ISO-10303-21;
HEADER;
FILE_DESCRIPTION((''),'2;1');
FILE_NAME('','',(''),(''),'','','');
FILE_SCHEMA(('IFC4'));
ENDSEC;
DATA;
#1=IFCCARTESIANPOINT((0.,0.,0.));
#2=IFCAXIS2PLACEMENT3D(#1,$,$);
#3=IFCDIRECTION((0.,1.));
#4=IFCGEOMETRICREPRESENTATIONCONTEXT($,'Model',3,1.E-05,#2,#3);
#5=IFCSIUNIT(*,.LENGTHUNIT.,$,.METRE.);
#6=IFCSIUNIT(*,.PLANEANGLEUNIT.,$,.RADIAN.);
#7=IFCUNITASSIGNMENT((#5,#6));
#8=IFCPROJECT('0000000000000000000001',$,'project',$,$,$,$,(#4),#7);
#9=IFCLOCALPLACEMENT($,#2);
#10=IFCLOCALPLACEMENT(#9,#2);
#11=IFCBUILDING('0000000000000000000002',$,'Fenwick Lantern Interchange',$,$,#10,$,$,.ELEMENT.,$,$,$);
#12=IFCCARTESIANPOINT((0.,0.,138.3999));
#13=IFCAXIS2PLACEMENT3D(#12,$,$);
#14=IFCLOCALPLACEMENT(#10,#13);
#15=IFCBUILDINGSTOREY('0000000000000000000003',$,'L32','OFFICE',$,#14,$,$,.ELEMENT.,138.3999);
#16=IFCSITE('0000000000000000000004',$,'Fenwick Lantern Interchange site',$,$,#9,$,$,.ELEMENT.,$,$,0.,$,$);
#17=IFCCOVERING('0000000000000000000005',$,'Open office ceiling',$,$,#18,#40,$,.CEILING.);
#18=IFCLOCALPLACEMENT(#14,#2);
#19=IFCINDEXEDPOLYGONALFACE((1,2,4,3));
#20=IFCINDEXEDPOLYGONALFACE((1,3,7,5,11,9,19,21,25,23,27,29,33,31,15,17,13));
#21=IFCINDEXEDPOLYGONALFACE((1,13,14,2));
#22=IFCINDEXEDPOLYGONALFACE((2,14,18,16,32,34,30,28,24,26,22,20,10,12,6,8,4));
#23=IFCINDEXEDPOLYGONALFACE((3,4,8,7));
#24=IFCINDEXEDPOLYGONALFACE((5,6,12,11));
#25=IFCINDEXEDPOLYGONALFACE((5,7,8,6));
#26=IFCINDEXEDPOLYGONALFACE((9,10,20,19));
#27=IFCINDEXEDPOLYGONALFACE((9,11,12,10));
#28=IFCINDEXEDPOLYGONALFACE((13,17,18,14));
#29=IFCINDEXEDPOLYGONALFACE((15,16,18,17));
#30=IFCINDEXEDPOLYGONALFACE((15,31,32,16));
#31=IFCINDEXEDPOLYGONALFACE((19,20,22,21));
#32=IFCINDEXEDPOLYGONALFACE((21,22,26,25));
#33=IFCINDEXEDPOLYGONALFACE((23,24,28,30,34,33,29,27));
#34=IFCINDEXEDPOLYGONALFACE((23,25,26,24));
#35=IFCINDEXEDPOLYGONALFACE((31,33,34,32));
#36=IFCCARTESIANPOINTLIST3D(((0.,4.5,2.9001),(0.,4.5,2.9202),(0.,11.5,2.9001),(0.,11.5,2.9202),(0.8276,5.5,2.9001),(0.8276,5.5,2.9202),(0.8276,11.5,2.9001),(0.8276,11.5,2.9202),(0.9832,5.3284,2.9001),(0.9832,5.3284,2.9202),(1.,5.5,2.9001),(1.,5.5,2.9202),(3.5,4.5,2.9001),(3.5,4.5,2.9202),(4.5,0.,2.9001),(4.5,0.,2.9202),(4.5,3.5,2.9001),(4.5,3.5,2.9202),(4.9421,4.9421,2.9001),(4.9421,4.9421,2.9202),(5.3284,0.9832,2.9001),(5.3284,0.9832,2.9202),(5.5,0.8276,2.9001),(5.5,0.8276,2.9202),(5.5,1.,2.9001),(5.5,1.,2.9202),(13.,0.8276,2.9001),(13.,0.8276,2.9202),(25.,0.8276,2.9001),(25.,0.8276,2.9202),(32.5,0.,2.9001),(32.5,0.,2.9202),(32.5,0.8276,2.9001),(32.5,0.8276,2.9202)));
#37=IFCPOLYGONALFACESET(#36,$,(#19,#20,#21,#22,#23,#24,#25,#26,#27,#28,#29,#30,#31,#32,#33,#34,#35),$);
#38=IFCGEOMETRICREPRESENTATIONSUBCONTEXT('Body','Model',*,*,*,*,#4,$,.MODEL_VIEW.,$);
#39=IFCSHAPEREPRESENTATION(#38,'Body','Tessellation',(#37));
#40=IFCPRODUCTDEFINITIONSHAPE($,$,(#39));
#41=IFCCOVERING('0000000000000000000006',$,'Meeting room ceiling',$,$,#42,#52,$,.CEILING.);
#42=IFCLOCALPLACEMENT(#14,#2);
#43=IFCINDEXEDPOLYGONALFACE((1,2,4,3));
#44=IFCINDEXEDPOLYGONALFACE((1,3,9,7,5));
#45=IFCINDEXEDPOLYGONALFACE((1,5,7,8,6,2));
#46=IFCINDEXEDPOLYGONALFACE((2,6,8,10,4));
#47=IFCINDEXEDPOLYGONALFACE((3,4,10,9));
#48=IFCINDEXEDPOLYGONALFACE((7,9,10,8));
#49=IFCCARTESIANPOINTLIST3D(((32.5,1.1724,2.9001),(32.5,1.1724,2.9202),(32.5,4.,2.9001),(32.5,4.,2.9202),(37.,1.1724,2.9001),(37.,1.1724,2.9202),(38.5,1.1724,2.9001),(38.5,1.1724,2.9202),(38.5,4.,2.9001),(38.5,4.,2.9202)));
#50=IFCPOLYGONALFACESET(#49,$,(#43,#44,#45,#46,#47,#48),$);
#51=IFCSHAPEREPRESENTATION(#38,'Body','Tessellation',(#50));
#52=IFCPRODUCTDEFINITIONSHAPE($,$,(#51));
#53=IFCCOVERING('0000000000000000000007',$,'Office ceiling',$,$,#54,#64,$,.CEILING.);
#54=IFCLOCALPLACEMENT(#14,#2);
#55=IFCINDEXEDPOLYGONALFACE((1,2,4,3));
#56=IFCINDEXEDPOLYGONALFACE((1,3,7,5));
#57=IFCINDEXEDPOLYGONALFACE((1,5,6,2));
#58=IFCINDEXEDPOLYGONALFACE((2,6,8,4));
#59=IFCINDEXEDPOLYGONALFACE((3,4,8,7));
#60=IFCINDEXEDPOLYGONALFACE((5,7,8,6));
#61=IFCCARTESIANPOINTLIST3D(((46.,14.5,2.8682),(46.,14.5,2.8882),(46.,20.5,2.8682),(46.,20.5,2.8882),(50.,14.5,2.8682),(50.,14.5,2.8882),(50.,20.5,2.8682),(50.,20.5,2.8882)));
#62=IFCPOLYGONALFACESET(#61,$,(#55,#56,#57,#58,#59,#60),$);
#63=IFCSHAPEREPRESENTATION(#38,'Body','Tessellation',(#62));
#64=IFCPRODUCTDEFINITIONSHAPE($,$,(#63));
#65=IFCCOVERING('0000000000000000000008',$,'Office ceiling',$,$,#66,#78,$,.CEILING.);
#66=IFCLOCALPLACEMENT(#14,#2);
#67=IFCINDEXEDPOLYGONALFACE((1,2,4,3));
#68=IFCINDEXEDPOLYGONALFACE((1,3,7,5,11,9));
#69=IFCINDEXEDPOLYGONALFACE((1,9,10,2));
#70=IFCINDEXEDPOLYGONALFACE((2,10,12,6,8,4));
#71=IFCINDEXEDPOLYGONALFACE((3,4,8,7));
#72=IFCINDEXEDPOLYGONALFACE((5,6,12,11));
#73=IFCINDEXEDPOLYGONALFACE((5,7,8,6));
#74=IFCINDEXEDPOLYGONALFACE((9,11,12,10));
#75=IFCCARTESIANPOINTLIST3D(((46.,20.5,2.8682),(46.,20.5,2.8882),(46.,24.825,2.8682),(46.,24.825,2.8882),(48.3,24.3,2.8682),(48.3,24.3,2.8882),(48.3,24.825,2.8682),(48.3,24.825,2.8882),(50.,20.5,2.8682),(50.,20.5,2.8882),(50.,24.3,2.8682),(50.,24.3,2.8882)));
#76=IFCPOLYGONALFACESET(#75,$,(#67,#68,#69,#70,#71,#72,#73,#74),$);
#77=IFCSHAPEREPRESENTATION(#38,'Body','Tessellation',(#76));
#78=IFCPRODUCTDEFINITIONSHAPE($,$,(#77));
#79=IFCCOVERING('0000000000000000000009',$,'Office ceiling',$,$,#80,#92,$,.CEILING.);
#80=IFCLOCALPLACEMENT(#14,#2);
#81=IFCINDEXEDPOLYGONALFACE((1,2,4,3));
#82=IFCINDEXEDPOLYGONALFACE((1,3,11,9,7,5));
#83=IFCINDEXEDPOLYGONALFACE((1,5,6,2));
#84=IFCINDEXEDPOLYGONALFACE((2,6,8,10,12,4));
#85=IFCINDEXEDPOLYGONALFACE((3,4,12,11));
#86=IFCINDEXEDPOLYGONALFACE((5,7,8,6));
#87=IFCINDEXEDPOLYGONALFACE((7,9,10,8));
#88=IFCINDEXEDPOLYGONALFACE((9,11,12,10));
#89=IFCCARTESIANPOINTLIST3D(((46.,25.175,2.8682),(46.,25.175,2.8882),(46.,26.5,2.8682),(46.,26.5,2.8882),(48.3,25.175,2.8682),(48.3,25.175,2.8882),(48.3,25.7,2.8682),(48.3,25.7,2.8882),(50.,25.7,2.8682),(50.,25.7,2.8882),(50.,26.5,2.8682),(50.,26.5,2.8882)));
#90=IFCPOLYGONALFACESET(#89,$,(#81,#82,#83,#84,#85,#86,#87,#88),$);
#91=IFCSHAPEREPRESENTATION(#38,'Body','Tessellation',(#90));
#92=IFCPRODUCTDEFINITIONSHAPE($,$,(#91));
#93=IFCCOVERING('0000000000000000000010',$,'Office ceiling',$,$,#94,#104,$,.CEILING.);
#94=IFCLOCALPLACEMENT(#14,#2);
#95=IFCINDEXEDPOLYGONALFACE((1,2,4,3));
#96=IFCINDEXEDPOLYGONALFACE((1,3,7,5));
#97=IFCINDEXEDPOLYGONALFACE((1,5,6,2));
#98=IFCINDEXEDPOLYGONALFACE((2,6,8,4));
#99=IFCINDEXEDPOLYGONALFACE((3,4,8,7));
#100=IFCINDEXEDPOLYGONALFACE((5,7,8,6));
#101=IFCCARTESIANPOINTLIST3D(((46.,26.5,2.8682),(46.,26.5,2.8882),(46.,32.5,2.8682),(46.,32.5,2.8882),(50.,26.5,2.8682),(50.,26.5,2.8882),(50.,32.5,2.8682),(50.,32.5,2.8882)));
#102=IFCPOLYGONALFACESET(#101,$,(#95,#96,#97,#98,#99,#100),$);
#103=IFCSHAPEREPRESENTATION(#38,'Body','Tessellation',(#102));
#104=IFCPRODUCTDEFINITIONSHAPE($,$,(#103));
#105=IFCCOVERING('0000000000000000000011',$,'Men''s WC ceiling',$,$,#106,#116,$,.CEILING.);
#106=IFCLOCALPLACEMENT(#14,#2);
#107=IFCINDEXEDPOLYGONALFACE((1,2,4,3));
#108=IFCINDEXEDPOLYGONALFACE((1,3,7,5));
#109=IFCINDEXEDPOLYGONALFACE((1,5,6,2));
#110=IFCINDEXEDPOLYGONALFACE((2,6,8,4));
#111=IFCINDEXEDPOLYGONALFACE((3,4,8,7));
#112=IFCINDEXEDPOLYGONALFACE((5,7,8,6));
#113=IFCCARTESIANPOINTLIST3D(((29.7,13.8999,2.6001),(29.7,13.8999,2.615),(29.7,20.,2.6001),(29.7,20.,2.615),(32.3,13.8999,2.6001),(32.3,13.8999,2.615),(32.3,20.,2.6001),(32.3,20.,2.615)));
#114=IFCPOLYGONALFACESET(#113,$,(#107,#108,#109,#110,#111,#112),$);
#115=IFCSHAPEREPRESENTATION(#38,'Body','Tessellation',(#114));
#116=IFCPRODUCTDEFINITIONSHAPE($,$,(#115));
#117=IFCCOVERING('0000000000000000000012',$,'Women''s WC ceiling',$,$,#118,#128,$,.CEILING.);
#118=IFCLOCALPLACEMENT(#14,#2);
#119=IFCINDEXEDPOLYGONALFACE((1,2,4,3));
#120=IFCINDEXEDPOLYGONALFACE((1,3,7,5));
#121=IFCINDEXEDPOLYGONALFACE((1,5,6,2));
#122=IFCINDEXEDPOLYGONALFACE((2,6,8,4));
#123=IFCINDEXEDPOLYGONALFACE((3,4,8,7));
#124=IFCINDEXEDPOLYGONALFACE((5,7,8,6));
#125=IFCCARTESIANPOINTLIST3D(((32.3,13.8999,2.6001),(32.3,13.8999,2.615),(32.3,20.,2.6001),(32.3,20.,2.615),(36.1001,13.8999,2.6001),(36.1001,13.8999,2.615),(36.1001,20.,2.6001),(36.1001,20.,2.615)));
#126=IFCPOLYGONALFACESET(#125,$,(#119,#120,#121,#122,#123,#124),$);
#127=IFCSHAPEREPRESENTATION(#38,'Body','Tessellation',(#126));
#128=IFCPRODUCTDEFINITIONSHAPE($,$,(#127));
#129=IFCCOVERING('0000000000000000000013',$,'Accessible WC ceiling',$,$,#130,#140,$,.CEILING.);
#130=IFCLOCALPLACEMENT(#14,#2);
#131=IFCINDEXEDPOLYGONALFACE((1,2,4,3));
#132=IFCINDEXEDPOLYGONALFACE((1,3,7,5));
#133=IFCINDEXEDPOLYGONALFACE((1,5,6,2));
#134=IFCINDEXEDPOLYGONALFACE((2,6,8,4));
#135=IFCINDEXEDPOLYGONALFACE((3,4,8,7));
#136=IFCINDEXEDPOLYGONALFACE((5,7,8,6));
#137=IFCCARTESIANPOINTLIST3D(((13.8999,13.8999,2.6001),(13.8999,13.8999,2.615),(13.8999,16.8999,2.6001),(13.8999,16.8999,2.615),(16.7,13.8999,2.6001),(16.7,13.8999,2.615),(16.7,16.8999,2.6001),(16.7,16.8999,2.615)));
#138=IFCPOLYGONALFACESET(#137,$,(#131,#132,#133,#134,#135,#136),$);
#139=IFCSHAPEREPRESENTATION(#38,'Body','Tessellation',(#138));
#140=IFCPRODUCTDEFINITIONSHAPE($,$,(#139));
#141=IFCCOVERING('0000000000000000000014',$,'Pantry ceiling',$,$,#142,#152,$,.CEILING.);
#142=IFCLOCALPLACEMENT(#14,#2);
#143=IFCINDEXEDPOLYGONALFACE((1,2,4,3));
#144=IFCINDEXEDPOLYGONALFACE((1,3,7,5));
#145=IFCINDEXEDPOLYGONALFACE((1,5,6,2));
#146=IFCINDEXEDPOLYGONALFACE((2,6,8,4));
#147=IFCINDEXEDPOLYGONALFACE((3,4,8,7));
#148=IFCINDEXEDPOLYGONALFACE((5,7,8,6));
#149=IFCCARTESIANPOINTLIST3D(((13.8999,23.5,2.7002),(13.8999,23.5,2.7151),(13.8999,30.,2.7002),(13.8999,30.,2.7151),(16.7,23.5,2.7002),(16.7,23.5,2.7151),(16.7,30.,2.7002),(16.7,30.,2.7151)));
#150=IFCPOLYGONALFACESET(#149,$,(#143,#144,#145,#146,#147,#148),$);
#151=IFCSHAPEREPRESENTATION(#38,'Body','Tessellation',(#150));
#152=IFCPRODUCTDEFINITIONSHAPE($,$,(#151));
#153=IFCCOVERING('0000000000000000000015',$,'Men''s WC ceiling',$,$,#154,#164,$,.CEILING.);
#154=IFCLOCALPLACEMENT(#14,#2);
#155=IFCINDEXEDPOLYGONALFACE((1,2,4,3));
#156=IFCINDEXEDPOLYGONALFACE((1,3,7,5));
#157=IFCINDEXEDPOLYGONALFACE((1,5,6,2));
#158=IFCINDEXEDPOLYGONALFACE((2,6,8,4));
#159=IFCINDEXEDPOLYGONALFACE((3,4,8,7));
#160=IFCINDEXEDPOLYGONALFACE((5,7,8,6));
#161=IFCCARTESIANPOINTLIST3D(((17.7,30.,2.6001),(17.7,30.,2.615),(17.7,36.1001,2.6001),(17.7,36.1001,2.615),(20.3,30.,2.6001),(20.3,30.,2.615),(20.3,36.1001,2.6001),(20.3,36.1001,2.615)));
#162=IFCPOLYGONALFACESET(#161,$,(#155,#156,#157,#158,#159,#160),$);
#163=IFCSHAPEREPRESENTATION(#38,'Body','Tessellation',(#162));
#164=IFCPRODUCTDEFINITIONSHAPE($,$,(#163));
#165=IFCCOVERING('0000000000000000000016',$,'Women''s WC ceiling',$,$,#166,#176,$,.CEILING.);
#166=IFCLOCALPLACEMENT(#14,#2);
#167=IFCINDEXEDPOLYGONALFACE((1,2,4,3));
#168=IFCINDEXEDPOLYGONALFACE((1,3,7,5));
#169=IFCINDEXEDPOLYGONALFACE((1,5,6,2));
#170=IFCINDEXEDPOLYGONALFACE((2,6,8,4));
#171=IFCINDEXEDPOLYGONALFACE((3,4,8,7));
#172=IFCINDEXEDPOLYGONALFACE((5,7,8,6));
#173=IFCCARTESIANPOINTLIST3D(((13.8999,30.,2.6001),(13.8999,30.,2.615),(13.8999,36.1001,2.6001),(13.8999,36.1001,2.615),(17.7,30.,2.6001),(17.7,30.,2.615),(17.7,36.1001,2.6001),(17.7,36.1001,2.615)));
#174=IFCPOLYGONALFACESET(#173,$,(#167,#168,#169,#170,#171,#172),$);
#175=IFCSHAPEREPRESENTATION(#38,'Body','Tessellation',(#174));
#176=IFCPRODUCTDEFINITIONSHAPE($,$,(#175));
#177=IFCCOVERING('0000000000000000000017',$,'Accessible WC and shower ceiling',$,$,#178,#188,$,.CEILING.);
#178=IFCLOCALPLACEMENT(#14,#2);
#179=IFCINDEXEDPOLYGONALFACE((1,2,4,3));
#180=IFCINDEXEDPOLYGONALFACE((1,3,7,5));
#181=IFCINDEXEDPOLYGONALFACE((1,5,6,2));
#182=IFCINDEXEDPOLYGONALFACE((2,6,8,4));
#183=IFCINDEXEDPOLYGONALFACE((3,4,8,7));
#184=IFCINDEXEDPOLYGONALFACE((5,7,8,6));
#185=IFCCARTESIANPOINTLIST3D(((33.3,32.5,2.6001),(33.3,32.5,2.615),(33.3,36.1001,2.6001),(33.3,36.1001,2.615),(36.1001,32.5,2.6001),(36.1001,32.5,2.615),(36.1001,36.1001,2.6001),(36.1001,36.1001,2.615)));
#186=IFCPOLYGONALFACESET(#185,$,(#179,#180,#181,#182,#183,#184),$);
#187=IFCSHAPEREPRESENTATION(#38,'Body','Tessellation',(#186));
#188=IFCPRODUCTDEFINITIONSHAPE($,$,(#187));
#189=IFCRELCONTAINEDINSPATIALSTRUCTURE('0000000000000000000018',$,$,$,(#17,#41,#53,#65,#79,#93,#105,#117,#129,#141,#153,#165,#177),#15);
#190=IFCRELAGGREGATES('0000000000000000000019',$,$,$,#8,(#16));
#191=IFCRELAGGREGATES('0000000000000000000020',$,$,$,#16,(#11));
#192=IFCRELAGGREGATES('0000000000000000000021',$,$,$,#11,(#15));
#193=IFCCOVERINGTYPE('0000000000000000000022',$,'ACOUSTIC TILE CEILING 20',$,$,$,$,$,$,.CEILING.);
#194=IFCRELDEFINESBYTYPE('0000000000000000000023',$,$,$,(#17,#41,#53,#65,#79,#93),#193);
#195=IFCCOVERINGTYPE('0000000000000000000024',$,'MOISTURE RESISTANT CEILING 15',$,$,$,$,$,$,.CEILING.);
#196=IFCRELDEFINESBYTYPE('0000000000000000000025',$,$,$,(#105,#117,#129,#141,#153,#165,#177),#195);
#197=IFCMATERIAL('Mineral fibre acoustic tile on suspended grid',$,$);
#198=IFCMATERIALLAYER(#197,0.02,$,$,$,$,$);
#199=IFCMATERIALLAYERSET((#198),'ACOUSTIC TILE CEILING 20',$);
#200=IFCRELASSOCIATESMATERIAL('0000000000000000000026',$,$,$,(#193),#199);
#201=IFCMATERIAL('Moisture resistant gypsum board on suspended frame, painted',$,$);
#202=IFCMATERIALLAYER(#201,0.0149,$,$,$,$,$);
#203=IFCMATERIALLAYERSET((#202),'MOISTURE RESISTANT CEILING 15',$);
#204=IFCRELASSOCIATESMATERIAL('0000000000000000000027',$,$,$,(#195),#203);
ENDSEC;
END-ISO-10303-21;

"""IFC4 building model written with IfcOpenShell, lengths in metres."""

from ifc_helpers import new_model, si_unit, direction, frame, origin, place, context, subcontext, project, spatial, polyline, outline, extrude, material, layer, layer_set, type_object, element, save


model = new_model("IFC4")

# Units and contexts
model_context = context("Model", 3, precision=1e-05, world=origin(), true_north=direction((0.0, 1.0)))
body_context = subcontext(model_context, "Body", "Model", "MODEL_VIEW")
ifc_project = project(units=[si_unit("LENGTHUNIT", "METRE"), si_unit("PLANEANGLEUNIT", "RADIAN")], contexts=[model_context])

# Site, building, storey
site_placement = place(None, origin())
site = spatial("IfcSite", under=ifc_project, at=site_placement, Name="Fenwick Lantern Interchange site", CompositionType="ELEMENT", RefElevation=0.0)
building_placement = place(site_placement, origin())
building = spatial("IfcBuilding", under=site, at=building_placement, Name="Fenwick Lantern Interchange", CompositionType="ELEMENT")
storey_placement = place(building_placement, frame((0.0, 0.0, 138.3999)))
storey = spatial("IfcBuildingStorey", under=building, at=storey_placement, Name="L32", Description="OFFICE", CompositionType="ELEMENT", Elevation=138.3999)

# Coverings
ifc_material_1 = material(Name="Mineral fibre acoustic tile on suspended grid")
ifc_layer_1 = layer(ifc_material_1, 0.02)
ifc_layer_set_1 = layer_set([ifc_layer_1], Name="ACOUSTIC TILE CEILING 20")
covering_type_1 = type_object("IfcCoveringType", Name="ACOUSTIC TILE CEILING 20", PredefinedType="CEILING", material=ifc_layer_set_1)
covering_1_placement = place(storey_placement, frame((0.0, 0.0, 2.9001)))
element("IfcCovering", 1, at=covering_1_placement, inside=storey, type_object=covering_type_1, Name="Open office ceiling", PredefinedType="CEILING", context=body_context, shape_type="SweptSolid", body=[
    extrude(outline(polyline([(4.5, 3.5), (4.5, 0.0), (32.5, 0.0), (32.5, 0.8276), (25.0, 0.8276), (13.0, 0.8276), (5.5, 0.8276), (5.5, 1.0), (5.3284, 0.9832), (4.9421, 4.9421), (0.9832, 5.3284), (1.0, 5.5), (0.8276, 5.5), (0.8276, 11.5), (0.0, 11.5), (0.0, 4.5), (3.5, 4.5), (4.5, 3.5)])), origin(), (0.0, 0.0, 1.0), 0.02),
])
covering_2_placement = place(storey_placement, frame((0.0, 0.0, 2.9001)))
element("IfcCovering", 2, at=covering_2_placement, inside=storey, type_object=covering_type_1, Name="Meeting room ceiling", PredefinedType="CEILING", context=body_context, shape_type="SweptSolid", body=[
    extrude(outline(polyline([(32.5, 4.0), (32.5, 1.1724), (37.0, 1.1724), (38.5, 1.1724), (38.5, 4.0), (32.5, 4.0)])), origin(), (0.0, 0.0, 1.0), 0.02),
])
covering_3_placement = place(storey_placement, frame((0.0, 0.0, 2.8682)))
element("IfcCovering", 3, at=covering_3_placement, inside=storey, type_object=covering_type_1, Name="Office ceiling", PredefinedType="CEILING", context=body_context, shape_type="SweptSolid", body=[
    extrude(outline(polyline([(50.0, 14.5), (50.0, 20.5), (46.0, 20.5), (46.0, 14.5), (50.0, 14.5)])), origin(), (0.0, 0.0, 1.0), 0.02),
])
covering_4_placement = place(storey_placement, frame((0.0, 0.0, 2.8682)))
element("IfcCovering", 4, at=covering_4_placement, inside=storey, type_object=covering_type_1, Name="Office ceiling", PredefinedType="CEILING", context=body_context, shape_type="SweptSolid", body=[
    extrude(outline(polyline([(46.0, 20.5), (50.0, 20.5), (50.0, 24.3), (48.3, 24.3), (48.3, 24.825), (46.0, 24.825), (46.0, 20.5)])), origin(), (0.0, 0.0, 1.0), 0.02),
])
covering_5_placement = place(storey_placement, frame((0.0, 0.0, 2.8682)))
element("IfcCovering", 5, at=covering_5_placement, inside=storey, type_object=covering_type_1, Name="Office ceiling", PredefinedType="CEILING", context=body_context, shape_type="SweptSolid", body=[
    extrude(outline(polyline([(46.0, 26.5), (46.0, 25.175), (48.3, 25.175), (48.3, 25.7), (50.0, 25.7), (50.0, 26.5), (46.0, 26.5)])), origin(), (0.0, 0.0, 1.0), 0.02),
])
covering_6_placement = place(storey_placement, frame((0.0, 0.0, 2.8682)))
element("IfcCovering", 6, at=covering_6_placement, inside=storey, type_object=covering_type_1, Name="Office ceiling", PredefinedType="CEILING", context=body_context, shape_type="SweptSolid", body=[
    extrude(outline(polyline([(50.0, 26.5), (50.0, 32.5), (46.0, 32.5), (46.0, 26.5), (50.0, 26.5)])), origin(), (0.0, 0.0, 1.0), 0.02),
])
ifc_material_2 = material(Name="Moisture resistant gypsum board on suspended frame, painted")
ifc_layer_2 = layer(ifc_material_2, 0.0149)
ifc_layer_set_2 = layer_set([ifc_layer_2], Name="MOISTURE RESISTANT CEILING 15")
covering_type_2 = type_object("IfcCoveringType", Name="MOISTURE RESISTANT CEILING 15", PredefinedType="CEILING", material=ifc_layer_set_2)
covering_7_placement = place(storey_placement, frame((0.0, 0.0, 2.6001)))
element("IfcCovering", 7, at=covering_7_placement, inside=storey, type_object=covering_type_2, Name="Men's WC ceiling", PredefinedType="CEILING", context=body_context, shape_type="SweptSolid", body=[
    extrude(outline(polyline([(29.7, 13.8999), (32.3, 13.8999), (32.3, 20.0), (29.7, 20.0), (29.7, 13.8999)])), origin(), (0.0, 0.0, 1.0), 0.0149),
])
covering_8_placement = place(storey_placement, frame((0.0, 0.0, 2.6001)))
element("IfcCovering", 8, at=covering_8_placement, inside=storey, type_object=covering_type_2, Name="Women's WC ceiling", PredefinedType="CEILING", context=body_context, shape_type="SweptSolid", body=[
    extrude(outline(polyline([(32.3, 13.8999), (36.1001, 13.8999), (36.1001, 20.0), (32.3, 20.0), (32.3, 13.8999)])), origin(), (0.0, 0.0, 1.0), 0.0149),
])
covering_9_placement = place(storey_placement, frame((0.0, 0.0, 2.6001)))
element("IfcCovering", 9, at=covering_9_placement, inside=storey, type_object=covering_type_2, Name="Accessible WC ceiling", PredefinedType="CEILING", context=body_context, shape_type="SweptSolid", body=[
    extrude(outline(polyline([(13.8999, 13.8999), (16.7, 13.8999), (16.7, 16.8999), (13.8999, 16.8999), (13.8999, 13.8999)])), origin(), (0.0, 0.0, 1.0), 0.0149),
])
covering_10_placement = place(storey_placement, frame((0.0, 0.0, 2.7002)))
element("IfcCovering", 10, at=covering_10_placement, inside=storey, type_object=covering_type_2, Name="Pantry ceiling", PredefinedType="CEILING", context=body_context, shape_type="SweptSolid", body=[
    extrude(outline(polyline([(13.8999, 23.5), (16.7, 23.5), (16.7, 30.0), (13.8999, 30.0), (13.8999, 23.5)])), origin(), (0.0, 0.0, 1.0), 0.0149),
])
covering_11_placement = place(storey_placement, frame((0.0, 0.0, 2.6001)))
element("IfcCovering", 11, at=covering_11_placement, inside=storey, type_object=covering_type_2, Name="Men's WC ceiling", PredefinedType="CEILING", context=body_context, shape_type="SweptSolid", body=[
    extrude(outline(polyline([(20.3, 36.1001), (17.7, 36.1001), (17.7, 30.0), (20.3, 30.0), (20.3, 36.1001)])), origin(), (0.0, 0.0, 1.0), 0.0149),
])
covering_12_placement = place(storey_placement, frame((0.0, 0.0, 2.6001)))
element("IfcCovering", 12, at=covering_12_placement, inside=storey, type_object=covering_type_2, Name="Women's WC ceiling", PredefinedType="CEILING", context=body_context, shape_type="SweptSolid", body=[
    extrude(outline(polyline([(17.7, 36.1001), (13.8999, 36.1001), (13.8999, 30.0), (17.7, 30.0), (17.7, 36.1001)])), origin(), (0.0, 0.0, 1.0), 0.0149),
])
covering_13_placement = place(storey_placement, frame((0.0, 0.0, 2.6001)))
element("IfcCovering", 13, at=covering_13_placement, inside=storey, type_object=covering_type_2, Name="Accessible WC and shower ceiling", PredefinedType="CEILING", context=body_context, shape_type="SweptSolid", body=[
    extrude(outline(polyline([(36.1001, 36.1001), (33.3, 36.1001), (33.3, 32.5), (36.1001, 32.5), (36.1001, 36.1001)])), origin(), (0.0, 0.0, 1.0), 0.0149),
])

save(model, "model.ifc")
